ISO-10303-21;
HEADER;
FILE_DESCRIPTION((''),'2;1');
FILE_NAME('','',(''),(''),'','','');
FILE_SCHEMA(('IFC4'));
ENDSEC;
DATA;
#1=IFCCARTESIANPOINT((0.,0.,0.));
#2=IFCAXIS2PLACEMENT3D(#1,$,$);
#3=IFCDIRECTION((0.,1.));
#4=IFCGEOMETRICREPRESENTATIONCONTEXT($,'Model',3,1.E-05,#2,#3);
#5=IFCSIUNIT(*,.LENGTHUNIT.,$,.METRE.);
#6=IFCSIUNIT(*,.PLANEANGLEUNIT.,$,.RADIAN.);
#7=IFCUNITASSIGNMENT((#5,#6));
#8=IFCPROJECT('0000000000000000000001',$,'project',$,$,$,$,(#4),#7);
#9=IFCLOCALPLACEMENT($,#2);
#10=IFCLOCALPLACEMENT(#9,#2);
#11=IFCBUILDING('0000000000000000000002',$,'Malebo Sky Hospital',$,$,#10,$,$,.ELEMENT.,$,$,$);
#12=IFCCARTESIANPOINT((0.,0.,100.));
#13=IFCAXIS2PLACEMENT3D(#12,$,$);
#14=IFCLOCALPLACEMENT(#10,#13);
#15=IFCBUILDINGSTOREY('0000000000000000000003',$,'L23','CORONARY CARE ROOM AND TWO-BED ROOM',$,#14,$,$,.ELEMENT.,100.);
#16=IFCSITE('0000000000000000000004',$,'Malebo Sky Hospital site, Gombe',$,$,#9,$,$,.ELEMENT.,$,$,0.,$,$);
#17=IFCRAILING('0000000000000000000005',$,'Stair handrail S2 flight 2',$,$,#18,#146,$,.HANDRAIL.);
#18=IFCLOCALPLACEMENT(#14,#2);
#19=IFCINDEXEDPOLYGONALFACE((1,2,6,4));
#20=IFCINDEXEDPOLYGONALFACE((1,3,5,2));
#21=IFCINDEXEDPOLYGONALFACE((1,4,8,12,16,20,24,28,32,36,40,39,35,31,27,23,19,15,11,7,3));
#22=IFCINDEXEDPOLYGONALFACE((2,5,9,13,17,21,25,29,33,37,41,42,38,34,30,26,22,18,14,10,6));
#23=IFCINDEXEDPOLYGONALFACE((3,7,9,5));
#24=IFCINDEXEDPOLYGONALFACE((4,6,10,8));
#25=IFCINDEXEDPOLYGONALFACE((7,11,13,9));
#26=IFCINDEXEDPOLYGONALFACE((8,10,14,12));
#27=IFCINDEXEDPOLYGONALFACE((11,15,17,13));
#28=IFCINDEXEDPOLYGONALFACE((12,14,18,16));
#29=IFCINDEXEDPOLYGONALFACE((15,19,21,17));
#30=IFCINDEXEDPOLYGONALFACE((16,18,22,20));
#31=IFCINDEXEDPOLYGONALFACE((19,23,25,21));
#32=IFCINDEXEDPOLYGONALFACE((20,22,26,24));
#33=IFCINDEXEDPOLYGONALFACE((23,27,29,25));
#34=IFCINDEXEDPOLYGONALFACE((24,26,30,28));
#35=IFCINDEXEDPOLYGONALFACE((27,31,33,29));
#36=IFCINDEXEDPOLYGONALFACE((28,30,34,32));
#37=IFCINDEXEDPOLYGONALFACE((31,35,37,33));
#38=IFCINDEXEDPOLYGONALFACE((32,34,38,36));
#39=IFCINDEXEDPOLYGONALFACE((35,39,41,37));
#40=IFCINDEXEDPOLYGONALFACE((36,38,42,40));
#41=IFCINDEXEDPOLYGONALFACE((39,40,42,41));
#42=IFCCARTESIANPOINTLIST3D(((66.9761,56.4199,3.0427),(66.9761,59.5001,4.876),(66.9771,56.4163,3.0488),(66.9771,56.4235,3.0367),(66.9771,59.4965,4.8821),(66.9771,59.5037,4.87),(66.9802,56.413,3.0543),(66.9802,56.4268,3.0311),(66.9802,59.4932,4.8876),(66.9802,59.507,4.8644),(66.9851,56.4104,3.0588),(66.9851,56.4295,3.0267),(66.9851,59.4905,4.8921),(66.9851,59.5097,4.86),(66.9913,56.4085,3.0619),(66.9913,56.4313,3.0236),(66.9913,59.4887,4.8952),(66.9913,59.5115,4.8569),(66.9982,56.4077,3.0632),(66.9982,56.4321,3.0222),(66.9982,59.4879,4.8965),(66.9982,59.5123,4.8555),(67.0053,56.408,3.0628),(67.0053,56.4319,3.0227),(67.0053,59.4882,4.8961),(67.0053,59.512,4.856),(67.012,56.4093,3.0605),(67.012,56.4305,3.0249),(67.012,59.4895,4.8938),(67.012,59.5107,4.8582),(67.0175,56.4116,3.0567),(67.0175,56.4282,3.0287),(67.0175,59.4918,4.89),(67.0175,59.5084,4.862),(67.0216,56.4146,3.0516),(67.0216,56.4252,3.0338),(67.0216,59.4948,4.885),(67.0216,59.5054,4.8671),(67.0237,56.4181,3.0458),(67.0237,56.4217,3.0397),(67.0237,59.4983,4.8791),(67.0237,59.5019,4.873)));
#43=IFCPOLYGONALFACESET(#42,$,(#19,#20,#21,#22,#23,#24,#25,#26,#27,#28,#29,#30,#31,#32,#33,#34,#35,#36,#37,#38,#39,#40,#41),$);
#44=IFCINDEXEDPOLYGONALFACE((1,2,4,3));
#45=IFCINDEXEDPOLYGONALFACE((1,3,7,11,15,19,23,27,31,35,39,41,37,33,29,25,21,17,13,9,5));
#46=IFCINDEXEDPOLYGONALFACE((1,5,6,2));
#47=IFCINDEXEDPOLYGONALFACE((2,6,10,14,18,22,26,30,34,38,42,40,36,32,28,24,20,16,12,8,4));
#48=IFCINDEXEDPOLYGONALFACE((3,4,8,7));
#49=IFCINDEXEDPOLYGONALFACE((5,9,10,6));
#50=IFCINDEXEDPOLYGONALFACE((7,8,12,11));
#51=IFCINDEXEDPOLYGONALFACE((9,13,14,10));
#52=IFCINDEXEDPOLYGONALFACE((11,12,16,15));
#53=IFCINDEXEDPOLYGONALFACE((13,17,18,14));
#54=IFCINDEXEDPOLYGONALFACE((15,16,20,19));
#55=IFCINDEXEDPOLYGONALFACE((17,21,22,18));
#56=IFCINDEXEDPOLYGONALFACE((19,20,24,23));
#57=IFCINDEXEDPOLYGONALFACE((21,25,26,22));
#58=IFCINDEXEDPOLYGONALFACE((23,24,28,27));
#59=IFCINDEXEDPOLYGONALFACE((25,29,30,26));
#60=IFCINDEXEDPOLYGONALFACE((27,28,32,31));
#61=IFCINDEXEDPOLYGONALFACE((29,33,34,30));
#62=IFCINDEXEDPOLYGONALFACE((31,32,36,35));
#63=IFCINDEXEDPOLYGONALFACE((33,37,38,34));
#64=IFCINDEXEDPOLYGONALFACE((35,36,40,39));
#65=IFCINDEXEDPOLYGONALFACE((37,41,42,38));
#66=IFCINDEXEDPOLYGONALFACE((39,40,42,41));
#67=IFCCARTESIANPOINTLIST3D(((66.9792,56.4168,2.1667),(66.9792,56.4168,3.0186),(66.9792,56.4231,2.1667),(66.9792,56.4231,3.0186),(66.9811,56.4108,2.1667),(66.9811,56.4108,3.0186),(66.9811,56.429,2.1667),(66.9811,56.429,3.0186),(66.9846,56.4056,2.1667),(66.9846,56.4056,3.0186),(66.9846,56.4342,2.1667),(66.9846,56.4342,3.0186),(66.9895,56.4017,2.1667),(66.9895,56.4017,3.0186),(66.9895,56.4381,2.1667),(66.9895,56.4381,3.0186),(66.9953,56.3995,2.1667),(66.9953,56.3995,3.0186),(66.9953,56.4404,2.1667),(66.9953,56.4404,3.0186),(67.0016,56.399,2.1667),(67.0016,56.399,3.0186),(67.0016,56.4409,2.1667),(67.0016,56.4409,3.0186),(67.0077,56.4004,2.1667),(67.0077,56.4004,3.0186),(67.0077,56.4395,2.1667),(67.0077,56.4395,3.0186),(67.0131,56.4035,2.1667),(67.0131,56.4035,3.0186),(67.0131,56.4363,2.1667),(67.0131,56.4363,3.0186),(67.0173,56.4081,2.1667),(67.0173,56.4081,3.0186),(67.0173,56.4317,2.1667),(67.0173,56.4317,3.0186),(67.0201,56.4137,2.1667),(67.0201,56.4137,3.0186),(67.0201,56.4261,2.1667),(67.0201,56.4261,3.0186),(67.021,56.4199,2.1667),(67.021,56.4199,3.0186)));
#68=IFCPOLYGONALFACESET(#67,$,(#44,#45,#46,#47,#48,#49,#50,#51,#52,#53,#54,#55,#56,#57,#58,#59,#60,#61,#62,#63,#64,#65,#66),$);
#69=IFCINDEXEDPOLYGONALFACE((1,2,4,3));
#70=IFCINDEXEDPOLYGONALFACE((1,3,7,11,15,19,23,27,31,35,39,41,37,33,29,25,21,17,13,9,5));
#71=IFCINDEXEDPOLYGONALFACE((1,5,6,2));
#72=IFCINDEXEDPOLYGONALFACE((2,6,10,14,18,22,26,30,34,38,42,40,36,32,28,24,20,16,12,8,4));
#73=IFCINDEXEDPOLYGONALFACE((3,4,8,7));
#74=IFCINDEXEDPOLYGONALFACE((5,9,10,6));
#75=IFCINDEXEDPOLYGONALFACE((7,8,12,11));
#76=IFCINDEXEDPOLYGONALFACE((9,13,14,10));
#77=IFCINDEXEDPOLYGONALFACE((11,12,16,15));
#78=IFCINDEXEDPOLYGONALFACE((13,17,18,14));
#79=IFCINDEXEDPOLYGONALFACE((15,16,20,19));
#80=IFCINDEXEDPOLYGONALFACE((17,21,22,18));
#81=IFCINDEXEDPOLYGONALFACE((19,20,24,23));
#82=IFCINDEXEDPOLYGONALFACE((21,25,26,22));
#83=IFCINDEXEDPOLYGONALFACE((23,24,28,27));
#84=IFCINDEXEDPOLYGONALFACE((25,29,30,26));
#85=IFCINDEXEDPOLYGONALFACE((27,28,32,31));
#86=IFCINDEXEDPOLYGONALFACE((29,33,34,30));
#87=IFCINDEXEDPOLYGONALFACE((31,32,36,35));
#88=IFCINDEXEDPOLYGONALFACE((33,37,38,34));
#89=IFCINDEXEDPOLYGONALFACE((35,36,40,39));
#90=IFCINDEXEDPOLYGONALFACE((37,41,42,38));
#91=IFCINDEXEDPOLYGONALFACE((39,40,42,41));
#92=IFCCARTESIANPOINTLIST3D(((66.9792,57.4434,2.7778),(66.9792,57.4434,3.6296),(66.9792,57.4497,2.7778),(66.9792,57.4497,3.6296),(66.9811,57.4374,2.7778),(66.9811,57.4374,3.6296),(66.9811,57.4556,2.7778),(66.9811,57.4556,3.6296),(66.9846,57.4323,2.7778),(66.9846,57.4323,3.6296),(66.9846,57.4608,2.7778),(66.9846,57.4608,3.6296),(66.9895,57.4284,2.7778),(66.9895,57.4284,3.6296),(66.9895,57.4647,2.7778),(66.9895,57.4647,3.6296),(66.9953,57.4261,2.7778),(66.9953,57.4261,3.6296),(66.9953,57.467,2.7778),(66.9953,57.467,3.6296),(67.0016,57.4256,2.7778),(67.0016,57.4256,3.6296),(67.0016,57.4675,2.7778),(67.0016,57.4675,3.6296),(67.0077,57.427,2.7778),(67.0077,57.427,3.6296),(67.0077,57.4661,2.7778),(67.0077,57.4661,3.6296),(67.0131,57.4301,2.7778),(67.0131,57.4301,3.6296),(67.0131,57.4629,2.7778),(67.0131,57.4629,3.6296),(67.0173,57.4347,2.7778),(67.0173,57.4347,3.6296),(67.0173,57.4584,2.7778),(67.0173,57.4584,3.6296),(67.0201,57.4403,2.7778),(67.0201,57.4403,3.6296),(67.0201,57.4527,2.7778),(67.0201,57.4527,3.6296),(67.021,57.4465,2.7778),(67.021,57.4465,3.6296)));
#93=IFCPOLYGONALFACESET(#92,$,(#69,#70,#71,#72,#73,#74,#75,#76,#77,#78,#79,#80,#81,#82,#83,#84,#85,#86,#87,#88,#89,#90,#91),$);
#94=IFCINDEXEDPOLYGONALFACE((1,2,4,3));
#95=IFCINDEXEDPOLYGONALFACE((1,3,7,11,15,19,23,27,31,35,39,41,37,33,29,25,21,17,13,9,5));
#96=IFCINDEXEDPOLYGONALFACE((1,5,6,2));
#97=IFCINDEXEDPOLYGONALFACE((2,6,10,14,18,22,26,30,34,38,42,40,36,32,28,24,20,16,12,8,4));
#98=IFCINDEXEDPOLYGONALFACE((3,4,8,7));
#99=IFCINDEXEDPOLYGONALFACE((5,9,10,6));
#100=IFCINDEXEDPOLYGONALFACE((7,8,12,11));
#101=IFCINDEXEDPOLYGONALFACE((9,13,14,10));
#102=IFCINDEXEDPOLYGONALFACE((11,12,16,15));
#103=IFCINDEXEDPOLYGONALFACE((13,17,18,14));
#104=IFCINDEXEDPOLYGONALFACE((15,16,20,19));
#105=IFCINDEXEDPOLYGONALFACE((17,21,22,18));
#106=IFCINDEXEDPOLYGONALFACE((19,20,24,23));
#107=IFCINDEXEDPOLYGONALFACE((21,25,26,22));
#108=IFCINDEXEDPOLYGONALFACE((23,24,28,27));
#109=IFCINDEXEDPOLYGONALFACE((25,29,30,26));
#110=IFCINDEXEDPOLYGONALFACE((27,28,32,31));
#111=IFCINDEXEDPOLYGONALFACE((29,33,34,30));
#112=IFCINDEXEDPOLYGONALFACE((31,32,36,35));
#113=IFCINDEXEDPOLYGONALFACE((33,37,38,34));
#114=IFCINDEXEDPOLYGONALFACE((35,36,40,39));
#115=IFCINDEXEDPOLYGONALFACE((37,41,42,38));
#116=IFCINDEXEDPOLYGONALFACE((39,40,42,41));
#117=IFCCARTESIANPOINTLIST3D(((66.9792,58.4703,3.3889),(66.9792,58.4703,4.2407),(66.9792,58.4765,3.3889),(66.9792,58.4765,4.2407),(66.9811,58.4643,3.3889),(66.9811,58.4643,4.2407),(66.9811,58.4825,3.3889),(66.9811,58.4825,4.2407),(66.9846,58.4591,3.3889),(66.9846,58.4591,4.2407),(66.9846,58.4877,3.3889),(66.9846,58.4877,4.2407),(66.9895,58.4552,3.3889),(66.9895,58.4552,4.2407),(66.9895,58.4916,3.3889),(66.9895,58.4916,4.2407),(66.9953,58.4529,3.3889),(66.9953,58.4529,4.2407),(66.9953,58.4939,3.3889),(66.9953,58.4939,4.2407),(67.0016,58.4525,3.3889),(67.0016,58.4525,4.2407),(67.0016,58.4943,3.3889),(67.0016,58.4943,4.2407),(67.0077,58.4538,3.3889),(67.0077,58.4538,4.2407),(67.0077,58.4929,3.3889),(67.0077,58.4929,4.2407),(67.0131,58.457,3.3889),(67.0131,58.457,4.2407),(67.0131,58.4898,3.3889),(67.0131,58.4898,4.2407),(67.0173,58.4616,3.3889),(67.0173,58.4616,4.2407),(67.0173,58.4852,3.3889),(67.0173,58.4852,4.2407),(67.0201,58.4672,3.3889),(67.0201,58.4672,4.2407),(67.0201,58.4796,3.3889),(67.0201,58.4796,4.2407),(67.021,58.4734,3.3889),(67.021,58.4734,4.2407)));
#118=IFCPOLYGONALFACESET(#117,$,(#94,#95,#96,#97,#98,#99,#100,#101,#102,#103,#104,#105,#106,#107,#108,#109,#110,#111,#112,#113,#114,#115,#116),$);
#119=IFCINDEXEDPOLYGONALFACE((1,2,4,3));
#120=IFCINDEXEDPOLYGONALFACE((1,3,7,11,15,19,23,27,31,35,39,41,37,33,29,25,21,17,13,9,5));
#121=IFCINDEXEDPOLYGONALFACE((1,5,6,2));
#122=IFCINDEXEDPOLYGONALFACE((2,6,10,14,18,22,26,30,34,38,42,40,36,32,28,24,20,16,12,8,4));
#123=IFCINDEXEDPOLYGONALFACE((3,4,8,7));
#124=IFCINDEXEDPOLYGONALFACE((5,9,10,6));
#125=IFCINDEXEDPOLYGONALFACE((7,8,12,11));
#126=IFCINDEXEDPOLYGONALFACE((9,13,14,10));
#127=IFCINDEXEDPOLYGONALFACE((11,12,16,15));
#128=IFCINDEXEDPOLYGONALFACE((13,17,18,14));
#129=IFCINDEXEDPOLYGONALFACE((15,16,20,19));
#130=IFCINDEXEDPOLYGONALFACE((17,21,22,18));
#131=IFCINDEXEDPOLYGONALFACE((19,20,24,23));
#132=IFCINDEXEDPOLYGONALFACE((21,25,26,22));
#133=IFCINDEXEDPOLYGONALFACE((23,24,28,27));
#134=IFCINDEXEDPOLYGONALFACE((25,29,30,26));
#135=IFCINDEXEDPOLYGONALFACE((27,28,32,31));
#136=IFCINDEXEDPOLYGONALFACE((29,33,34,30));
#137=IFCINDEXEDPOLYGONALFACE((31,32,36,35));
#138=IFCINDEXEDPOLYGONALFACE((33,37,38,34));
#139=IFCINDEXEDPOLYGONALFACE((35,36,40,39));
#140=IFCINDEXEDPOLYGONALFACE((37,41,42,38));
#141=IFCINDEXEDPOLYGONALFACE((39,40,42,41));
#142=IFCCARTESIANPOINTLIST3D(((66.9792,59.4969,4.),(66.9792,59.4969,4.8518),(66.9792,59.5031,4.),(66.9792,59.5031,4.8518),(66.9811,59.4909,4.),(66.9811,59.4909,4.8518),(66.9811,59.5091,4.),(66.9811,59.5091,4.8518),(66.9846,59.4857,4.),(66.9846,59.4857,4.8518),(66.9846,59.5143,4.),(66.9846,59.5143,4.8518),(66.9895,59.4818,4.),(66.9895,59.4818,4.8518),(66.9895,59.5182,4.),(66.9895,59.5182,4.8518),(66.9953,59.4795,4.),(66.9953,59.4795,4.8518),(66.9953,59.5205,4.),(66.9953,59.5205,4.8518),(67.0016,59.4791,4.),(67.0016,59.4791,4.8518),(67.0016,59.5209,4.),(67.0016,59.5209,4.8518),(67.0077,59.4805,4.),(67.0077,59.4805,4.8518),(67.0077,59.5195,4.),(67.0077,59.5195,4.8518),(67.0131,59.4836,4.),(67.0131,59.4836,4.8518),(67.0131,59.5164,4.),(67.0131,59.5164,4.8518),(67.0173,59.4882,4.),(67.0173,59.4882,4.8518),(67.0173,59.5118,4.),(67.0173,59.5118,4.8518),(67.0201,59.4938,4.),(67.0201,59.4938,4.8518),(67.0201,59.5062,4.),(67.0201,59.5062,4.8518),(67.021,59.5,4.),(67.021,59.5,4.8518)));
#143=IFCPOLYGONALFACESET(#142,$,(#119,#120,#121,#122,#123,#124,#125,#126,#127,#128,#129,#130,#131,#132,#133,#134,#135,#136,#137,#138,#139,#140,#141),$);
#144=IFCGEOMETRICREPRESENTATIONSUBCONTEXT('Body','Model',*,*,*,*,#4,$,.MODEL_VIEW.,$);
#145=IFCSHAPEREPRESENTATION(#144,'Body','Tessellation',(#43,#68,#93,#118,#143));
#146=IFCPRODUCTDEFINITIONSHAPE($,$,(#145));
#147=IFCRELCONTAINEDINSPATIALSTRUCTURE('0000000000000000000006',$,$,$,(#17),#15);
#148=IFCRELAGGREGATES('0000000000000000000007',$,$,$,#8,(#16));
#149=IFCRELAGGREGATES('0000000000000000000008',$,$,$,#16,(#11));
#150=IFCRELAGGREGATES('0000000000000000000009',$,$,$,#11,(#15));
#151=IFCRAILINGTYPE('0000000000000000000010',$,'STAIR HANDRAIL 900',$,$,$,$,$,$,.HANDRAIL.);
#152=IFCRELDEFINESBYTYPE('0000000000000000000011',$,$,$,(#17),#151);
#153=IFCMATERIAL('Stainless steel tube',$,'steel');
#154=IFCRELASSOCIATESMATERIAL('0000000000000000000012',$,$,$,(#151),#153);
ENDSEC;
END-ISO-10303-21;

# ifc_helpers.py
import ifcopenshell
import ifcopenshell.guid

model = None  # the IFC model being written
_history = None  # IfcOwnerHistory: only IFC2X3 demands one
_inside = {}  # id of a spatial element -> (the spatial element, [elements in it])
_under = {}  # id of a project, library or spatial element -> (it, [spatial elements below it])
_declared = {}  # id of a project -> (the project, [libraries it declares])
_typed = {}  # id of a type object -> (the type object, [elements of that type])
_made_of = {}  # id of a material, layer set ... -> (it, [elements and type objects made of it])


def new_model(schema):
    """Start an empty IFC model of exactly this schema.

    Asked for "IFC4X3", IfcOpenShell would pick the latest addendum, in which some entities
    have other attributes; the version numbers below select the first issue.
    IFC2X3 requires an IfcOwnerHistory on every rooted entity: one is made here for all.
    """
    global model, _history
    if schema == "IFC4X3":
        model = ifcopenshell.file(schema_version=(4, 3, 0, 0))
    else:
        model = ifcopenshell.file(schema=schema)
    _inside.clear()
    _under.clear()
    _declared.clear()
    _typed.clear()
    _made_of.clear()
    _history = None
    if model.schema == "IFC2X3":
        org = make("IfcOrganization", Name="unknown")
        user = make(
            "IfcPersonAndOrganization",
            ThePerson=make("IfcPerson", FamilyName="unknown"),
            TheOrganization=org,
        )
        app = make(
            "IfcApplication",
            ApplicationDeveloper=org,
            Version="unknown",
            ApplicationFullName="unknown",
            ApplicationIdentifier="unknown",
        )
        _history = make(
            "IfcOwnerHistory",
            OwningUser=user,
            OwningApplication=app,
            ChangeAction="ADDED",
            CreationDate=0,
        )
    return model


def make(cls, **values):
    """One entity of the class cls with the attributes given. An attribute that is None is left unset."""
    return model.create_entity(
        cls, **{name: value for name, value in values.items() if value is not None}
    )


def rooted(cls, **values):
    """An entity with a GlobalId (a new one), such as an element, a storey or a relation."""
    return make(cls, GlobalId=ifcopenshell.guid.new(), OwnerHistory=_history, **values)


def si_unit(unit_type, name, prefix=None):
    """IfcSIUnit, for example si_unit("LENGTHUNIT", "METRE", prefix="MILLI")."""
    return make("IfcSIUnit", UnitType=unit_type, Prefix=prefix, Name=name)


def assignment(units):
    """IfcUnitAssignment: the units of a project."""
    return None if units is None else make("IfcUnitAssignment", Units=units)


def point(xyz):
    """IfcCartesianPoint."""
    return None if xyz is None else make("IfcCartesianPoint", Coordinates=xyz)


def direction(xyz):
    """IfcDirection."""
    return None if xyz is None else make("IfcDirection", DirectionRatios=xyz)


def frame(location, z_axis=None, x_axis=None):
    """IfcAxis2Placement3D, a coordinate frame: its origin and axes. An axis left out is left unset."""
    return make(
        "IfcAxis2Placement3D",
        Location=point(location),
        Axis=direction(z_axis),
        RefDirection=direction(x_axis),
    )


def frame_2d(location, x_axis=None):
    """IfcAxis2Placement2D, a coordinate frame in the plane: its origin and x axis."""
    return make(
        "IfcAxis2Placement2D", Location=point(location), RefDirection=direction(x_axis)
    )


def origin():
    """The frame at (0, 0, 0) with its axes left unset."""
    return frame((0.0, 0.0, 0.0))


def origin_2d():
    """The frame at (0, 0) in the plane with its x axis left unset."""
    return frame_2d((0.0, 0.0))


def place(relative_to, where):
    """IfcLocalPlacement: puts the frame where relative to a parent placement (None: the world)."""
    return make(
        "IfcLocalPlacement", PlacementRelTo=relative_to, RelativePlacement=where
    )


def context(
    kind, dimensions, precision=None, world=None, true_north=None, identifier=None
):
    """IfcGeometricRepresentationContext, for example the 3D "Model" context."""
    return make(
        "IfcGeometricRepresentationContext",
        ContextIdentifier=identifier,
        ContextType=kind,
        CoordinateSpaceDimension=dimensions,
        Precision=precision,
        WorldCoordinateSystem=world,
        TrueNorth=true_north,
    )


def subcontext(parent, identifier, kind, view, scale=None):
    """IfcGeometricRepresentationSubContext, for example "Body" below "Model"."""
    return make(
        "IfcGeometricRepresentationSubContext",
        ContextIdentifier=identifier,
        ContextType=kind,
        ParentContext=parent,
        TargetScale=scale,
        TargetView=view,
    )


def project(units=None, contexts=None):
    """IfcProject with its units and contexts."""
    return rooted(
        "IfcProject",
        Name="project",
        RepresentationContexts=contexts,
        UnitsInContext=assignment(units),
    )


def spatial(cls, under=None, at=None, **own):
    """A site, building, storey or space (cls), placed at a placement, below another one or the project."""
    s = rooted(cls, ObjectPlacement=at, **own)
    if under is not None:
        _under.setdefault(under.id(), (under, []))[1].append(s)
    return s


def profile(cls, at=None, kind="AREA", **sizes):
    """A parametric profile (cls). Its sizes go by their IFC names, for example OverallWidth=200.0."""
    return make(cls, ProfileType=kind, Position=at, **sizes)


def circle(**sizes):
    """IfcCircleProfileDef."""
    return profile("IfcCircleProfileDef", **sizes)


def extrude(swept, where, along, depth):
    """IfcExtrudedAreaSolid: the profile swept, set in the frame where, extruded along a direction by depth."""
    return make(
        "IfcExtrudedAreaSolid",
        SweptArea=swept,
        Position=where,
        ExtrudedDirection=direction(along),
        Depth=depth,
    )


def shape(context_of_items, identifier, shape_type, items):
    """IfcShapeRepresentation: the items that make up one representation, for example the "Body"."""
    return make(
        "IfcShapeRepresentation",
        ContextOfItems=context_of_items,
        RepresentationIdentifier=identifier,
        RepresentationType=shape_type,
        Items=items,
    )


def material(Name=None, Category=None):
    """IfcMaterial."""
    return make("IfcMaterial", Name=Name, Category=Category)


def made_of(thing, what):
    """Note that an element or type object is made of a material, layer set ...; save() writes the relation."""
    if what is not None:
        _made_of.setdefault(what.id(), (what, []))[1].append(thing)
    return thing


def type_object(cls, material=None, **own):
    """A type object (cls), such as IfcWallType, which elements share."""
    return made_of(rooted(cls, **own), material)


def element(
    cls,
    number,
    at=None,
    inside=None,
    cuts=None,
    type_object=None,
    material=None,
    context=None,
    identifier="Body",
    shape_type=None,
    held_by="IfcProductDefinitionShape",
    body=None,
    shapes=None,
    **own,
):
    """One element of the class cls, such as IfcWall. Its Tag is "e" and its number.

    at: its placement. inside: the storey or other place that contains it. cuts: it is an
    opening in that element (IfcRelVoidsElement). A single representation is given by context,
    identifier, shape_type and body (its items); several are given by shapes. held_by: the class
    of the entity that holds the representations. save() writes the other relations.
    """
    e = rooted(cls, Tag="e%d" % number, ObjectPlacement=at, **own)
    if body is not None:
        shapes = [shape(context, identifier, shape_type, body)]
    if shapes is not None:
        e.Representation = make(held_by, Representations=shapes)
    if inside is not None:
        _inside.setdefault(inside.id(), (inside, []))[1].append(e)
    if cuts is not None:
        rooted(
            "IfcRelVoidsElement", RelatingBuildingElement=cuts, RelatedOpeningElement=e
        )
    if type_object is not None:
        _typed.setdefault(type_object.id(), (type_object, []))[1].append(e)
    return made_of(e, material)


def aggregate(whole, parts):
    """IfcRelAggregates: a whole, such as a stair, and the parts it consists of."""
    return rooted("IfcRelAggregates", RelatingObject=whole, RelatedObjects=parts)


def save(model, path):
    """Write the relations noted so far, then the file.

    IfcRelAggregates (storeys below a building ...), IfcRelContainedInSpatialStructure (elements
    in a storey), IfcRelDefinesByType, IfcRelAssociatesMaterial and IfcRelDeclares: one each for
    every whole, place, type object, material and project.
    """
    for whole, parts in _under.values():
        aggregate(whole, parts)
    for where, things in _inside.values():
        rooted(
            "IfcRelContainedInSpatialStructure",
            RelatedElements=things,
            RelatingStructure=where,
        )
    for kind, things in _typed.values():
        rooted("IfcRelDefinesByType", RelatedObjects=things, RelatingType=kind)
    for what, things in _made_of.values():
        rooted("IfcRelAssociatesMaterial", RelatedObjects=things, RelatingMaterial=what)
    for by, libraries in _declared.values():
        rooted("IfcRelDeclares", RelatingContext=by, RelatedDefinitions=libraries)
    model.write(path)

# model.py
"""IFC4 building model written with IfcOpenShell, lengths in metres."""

from ifc_helpers import new_model, si_unit, direction, frame, origin, origin_2d, place, context, subcontext, project, spatial, circle, extrude, material, type_object, element, save


model = new_model("IFC4")

# Units and contexts
model_context = context("Model", 3, precision=1e-05, world=origin(), true_north=direction((0.0, 1.0)))
body_context = subcontext(model_context, "Body", "Model", "MODEL_VIEW")
ifc_project = project(units=[si_unit("LENGTHUNIT", "METRE"), si_unit("PLANEANGLEUNIT", "RADIAN")], contexts=[model_context])

# Site, building, storey
site_placement = place(None, origin())
site = spatial("IfcSite", under=ifc_project, at=site_placement, Name="Malebo Sky Hospital site, Gombe", CompositionType="ELEMENT", RefElevation=0.0)
building_placement = place(site_placement, origin())
building = spatial("IfcBuilding", under=site, at=building_placement, Name="Malebo Sky Hospital", CompositionType="ELEMENT")
storey_placement = place(building_placement, frame((0.0, 0.0, 100.0)))
storey = spatial("IfcBuildingStorey", under=building, at=storey_placement, Name="L23", Description="CORONARY CARE ROOM AND TWO-BED ROOM", CompositionType="ELEMENT", Elevation=100.0)

# Railing
ifc_material_1 = material(Name="Stainless steel tube", Category="steel")
railing_type = type_object("IfcRailingType", Name="STAIR HANDRAIL 900", PredefinedType="HANDRAIL", material=ifc_material_1)
railing_1_placement = place(storey_placement, frame((67.0, 56.4199, 2.1667)))
element("IfcRailing", 1, at=railing_1_placement, inside=storey, type_object=railing_type, Name="Stair handrail S2 flight 2", PredefinedType="HANDRAIL", context=body_context, shape_type="SweptSolid", body=[
    extrude(circle(Radius=0.0239, at=origin_2d()), frame((0.0, 0.0, 0.876), z_axis=(0.0, 0.859309, 0.511458), x_axis=(-1.0, 0.0, 0.0)), (0.0, 0.0, 1.0), 3.5845),
    extrude(circle(Radius=0.021, at=origin_2d()), origin(), (0.0, 0.0, 1.0), 0.8518),
    extrude(circle(Radius=0.021, at=origin_2d()), frame((0.0, 1.0266, 0.6111)), (0.0, 0.0, 1.0), 0.8518),
    extrude(circle(Radius=0.021, at=origin_2d()), frame((0.0, 2.0535, 1.2222)), (0.0, 0.0, 1.0), 0.8518),
    extrude(circle(Radius=0.021, at=origin_2d()), frame((0.0, 3.0801, 1.8333)), (0.0, 0.0, 1.0), 0.8518),
])

save(model, "model.ifc")
